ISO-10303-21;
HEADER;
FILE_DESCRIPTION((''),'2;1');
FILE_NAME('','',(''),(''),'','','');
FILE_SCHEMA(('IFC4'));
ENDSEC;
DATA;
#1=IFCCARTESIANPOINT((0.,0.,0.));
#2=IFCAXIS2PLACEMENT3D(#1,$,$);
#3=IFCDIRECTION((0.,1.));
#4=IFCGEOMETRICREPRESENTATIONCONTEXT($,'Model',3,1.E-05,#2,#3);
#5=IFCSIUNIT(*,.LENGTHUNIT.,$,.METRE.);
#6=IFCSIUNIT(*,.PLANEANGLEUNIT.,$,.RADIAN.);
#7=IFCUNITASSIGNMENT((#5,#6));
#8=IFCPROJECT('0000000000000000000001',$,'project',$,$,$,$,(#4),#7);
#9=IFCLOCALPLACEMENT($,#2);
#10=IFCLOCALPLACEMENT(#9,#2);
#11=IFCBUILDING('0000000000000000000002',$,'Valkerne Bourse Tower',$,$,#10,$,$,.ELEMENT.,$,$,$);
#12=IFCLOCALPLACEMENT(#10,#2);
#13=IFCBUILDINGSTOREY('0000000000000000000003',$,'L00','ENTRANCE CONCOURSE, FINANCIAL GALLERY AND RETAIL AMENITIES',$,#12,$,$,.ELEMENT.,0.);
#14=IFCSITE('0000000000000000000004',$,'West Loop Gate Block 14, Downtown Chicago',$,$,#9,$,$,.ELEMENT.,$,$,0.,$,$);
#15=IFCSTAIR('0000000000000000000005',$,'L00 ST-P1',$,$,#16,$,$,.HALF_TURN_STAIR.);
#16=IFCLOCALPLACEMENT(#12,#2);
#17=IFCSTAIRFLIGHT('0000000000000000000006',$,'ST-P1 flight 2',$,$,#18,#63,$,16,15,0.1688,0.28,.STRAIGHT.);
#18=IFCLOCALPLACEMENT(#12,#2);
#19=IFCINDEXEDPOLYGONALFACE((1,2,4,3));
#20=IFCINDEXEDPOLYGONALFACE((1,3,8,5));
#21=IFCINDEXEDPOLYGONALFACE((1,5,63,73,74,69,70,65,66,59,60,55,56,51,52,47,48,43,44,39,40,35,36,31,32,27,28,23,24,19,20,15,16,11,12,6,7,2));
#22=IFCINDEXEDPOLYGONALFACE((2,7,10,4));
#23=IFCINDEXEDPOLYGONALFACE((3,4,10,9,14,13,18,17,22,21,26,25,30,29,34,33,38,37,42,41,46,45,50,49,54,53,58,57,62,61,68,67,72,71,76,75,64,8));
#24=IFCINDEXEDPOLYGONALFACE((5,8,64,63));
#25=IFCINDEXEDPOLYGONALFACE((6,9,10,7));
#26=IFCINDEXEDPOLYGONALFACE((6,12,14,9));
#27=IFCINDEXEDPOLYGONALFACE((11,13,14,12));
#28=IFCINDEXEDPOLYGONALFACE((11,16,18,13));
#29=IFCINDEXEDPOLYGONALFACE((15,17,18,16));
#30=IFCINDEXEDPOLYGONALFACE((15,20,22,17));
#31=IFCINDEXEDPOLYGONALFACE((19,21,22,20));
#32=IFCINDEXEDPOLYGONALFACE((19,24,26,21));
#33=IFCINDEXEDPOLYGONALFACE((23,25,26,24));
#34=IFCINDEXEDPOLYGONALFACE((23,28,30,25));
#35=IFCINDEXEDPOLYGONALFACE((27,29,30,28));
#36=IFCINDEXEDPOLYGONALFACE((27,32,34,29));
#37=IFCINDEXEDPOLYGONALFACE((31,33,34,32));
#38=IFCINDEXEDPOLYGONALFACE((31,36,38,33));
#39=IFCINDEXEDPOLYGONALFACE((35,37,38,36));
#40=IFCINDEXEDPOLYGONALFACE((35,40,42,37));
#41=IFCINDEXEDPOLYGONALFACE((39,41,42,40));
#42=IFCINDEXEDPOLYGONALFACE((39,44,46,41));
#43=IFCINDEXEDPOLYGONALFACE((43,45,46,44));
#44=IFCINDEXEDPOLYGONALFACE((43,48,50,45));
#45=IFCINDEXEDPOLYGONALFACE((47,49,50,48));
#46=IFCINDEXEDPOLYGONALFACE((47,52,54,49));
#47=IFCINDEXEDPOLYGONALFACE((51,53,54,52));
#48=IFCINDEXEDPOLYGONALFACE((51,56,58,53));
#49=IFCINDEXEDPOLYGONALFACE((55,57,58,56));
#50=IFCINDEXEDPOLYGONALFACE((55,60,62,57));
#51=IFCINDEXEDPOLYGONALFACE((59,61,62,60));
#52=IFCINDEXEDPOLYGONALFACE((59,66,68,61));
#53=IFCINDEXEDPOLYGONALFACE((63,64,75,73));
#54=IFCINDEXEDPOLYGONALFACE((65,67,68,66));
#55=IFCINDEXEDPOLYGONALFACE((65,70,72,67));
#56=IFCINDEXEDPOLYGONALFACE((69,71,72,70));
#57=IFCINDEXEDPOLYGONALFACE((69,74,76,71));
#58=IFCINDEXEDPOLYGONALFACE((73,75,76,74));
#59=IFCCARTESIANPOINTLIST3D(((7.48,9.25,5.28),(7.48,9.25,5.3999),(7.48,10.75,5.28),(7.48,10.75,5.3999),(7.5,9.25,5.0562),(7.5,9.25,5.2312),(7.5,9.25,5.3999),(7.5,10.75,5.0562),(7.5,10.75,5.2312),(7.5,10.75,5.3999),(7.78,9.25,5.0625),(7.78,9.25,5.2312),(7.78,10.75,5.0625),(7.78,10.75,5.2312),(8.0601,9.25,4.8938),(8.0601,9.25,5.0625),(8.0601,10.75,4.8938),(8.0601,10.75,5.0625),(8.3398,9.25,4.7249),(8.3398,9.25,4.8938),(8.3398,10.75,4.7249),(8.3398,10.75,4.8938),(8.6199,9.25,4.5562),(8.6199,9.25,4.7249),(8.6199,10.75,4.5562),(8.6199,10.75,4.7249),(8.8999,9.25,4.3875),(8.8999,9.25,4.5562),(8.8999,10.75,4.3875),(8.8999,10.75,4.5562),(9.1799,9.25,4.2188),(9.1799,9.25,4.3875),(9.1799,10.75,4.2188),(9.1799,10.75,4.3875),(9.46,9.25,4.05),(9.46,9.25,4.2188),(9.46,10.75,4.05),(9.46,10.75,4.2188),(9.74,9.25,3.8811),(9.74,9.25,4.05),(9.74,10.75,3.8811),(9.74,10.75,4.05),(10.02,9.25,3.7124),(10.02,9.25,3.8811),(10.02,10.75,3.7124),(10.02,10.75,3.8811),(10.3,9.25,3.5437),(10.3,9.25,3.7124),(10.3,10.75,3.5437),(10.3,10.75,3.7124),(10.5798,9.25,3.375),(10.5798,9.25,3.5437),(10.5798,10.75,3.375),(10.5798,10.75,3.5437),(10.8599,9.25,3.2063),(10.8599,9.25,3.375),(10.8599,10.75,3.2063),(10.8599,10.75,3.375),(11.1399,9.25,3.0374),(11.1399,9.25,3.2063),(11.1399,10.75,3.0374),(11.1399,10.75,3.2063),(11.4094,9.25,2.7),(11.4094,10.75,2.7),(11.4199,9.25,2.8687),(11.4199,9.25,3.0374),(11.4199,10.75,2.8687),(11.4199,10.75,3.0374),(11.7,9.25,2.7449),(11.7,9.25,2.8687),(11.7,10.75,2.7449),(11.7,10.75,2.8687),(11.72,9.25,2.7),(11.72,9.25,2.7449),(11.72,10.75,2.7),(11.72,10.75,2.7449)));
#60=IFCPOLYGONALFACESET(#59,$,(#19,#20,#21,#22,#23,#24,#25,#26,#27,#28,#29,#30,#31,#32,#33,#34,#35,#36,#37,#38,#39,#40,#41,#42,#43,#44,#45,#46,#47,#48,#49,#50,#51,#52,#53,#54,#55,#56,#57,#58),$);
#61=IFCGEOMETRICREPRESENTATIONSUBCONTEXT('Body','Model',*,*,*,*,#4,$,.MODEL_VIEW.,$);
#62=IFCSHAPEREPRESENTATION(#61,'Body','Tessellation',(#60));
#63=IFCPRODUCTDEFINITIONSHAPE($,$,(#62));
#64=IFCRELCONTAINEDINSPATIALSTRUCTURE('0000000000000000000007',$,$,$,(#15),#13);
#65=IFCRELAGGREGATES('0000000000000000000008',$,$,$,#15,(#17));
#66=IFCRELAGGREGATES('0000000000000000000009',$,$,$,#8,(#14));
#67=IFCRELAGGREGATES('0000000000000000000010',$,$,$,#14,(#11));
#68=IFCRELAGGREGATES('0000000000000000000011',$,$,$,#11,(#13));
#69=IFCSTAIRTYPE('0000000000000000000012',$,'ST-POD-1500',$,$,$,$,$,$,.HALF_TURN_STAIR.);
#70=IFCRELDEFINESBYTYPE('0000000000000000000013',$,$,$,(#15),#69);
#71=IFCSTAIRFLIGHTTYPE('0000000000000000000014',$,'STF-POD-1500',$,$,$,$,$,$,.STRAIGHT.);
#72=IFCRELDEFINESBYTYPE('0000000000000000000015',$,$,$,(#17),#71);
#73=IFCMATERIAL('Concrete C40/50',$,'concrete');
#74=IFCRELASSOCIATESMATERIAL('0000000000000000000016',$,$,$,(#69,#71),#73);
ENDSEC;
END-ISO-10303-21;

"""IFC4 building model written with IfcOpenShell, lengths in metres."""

from ifc_helpers import new_model, si_unit, direction, frame, origin, place, context, subcontext, project, spatial, polyline, outline, extrude, material, type_object, element, aggregate, save


model = new_model("IFC4")

# Units and contexts
model_context = context("Model", 3, precision=1e-05, world=origin(), true_north=direction((0.0, 1.0)))
body_context = subcontext(model_context, "Body", "Model", "MODEL_VIEW")
ifc_project = project(units=[si_unit("LENGTHUNIT", "METRE"), si_unit("PLANEANGLEUNIT", "RADIAN")], contexts=[model_context])

# Site, building, storey
site_placement = place(None, origin())
site = spatial("IfcSite", under=ifc_project, at=site_placement, Name="West Loop Gate Block 14, Downtown Chicago", CompositionType="ELEMENT", RefElevation=0.0)
building_placement = place(site_placement, origin())
building = spatial("IfcBuilding", under=site, at=building_placement, Name="Valkerne Bourse Tower", CompositionType="ELEMENT")
storey_placement = place(building_placement, origin())
storey = spatial("IfcBuildingStorey", under=building, at=storey_placement, Name="L00", Description="ENTRANCE CONCOURSE, FINANCIAL GALLERY AND RETAIL AMENITIES", CompositionType="ELEMENT", Elevation=0.0)

# Shared definitions
ifc_material_1 = material(Name="Concrete C40/50", Category="concrete")

# Stair, stair flight
stair_type = type_object("IfcStairType", Name="ST-POD-1500", PredefinedType="HALF_TURN_STAIR", material=ifc_material_1)
stair_placement = place(storey_placement, origin())
stair = element("IfcStair", 1, at=stair_placement, inside=storey, type_object=stair_type, Name="L00 ST-P1", PredefinedType="HALF_TURN_STAIR")
stair_flight_type = type_object("IfcStairFlightType", Name="STF-POD-1500", PredefinedType="STRAIGHT", material=ifc_material_1)
stair_flight_1_placement = place(storey_placement, frame((11.7, 10.0, 2.7), z_axis=(0.0, 0.0, 1.0), x_axis=(-1.0, 0.0, 0.0)))
stair_flight_1 = element("IfcStairFlight", 2, at=stair_flight_1_placement, type_object=stair_flight_type, Name="ST-P1 flight 2", NumberOfRisers=16, NumberOfTreads=15, PredefinedType="STRAIGHT", RiserHeight=0.1688, TreadLength=0.28, context=body_context, shape_type="SweptSolid", body=[
    extrude(outline(polyline([(-0.02, 0.0), (-0.02, 0.0449), (0.0, 0.0449), (0.0, 0.1687), (0.28, 0.1687), (0.28, 0.3374), (0.5601, 0.3374), (0.5601, 0.5063), (0.8401, 0.5063), (0.8401, 0.675), (1.1201, 0.675), (1.1201, 0.8438), (1.3999, 0.8438), (1.3999, 1.0125), (1.6799, 1.0125), (1.6799, 1.1812), (1.96, 1.1812), (1.96, 1.3501), (2.24, 1.3501), (2.24, 1.5188), (2.52, 1.5188), (2.52, 1.6875), (2.8, 1.6875), (2.8, 1.8562), (3.0801, 1.8562), (3.0801, 2.0249), (3.3601, 2.0249), (3.3601, 2.1938), (3.6399, 2.1938), (3.6399, 2.3625), (3.9199, 2.3625), (3.9199, 2.5312), (4.2, 2.5312), (4.2, 2.7), (4.22, 2.7), (4.22, 2.5801), (4.2, 2.3562), (0.2905, 0.0), (-0.02, 0.0)])), frame((0.0, 0.75, 0.0), z_axis=(0.0, -1.0, 0.0), x_axis=(1.0, 0.0, 0.0)), (0.0, 0.0, 1.0), 1.5),
])
aggregate(stair, [stair_flight_1])

save(model, "model.ifc")
